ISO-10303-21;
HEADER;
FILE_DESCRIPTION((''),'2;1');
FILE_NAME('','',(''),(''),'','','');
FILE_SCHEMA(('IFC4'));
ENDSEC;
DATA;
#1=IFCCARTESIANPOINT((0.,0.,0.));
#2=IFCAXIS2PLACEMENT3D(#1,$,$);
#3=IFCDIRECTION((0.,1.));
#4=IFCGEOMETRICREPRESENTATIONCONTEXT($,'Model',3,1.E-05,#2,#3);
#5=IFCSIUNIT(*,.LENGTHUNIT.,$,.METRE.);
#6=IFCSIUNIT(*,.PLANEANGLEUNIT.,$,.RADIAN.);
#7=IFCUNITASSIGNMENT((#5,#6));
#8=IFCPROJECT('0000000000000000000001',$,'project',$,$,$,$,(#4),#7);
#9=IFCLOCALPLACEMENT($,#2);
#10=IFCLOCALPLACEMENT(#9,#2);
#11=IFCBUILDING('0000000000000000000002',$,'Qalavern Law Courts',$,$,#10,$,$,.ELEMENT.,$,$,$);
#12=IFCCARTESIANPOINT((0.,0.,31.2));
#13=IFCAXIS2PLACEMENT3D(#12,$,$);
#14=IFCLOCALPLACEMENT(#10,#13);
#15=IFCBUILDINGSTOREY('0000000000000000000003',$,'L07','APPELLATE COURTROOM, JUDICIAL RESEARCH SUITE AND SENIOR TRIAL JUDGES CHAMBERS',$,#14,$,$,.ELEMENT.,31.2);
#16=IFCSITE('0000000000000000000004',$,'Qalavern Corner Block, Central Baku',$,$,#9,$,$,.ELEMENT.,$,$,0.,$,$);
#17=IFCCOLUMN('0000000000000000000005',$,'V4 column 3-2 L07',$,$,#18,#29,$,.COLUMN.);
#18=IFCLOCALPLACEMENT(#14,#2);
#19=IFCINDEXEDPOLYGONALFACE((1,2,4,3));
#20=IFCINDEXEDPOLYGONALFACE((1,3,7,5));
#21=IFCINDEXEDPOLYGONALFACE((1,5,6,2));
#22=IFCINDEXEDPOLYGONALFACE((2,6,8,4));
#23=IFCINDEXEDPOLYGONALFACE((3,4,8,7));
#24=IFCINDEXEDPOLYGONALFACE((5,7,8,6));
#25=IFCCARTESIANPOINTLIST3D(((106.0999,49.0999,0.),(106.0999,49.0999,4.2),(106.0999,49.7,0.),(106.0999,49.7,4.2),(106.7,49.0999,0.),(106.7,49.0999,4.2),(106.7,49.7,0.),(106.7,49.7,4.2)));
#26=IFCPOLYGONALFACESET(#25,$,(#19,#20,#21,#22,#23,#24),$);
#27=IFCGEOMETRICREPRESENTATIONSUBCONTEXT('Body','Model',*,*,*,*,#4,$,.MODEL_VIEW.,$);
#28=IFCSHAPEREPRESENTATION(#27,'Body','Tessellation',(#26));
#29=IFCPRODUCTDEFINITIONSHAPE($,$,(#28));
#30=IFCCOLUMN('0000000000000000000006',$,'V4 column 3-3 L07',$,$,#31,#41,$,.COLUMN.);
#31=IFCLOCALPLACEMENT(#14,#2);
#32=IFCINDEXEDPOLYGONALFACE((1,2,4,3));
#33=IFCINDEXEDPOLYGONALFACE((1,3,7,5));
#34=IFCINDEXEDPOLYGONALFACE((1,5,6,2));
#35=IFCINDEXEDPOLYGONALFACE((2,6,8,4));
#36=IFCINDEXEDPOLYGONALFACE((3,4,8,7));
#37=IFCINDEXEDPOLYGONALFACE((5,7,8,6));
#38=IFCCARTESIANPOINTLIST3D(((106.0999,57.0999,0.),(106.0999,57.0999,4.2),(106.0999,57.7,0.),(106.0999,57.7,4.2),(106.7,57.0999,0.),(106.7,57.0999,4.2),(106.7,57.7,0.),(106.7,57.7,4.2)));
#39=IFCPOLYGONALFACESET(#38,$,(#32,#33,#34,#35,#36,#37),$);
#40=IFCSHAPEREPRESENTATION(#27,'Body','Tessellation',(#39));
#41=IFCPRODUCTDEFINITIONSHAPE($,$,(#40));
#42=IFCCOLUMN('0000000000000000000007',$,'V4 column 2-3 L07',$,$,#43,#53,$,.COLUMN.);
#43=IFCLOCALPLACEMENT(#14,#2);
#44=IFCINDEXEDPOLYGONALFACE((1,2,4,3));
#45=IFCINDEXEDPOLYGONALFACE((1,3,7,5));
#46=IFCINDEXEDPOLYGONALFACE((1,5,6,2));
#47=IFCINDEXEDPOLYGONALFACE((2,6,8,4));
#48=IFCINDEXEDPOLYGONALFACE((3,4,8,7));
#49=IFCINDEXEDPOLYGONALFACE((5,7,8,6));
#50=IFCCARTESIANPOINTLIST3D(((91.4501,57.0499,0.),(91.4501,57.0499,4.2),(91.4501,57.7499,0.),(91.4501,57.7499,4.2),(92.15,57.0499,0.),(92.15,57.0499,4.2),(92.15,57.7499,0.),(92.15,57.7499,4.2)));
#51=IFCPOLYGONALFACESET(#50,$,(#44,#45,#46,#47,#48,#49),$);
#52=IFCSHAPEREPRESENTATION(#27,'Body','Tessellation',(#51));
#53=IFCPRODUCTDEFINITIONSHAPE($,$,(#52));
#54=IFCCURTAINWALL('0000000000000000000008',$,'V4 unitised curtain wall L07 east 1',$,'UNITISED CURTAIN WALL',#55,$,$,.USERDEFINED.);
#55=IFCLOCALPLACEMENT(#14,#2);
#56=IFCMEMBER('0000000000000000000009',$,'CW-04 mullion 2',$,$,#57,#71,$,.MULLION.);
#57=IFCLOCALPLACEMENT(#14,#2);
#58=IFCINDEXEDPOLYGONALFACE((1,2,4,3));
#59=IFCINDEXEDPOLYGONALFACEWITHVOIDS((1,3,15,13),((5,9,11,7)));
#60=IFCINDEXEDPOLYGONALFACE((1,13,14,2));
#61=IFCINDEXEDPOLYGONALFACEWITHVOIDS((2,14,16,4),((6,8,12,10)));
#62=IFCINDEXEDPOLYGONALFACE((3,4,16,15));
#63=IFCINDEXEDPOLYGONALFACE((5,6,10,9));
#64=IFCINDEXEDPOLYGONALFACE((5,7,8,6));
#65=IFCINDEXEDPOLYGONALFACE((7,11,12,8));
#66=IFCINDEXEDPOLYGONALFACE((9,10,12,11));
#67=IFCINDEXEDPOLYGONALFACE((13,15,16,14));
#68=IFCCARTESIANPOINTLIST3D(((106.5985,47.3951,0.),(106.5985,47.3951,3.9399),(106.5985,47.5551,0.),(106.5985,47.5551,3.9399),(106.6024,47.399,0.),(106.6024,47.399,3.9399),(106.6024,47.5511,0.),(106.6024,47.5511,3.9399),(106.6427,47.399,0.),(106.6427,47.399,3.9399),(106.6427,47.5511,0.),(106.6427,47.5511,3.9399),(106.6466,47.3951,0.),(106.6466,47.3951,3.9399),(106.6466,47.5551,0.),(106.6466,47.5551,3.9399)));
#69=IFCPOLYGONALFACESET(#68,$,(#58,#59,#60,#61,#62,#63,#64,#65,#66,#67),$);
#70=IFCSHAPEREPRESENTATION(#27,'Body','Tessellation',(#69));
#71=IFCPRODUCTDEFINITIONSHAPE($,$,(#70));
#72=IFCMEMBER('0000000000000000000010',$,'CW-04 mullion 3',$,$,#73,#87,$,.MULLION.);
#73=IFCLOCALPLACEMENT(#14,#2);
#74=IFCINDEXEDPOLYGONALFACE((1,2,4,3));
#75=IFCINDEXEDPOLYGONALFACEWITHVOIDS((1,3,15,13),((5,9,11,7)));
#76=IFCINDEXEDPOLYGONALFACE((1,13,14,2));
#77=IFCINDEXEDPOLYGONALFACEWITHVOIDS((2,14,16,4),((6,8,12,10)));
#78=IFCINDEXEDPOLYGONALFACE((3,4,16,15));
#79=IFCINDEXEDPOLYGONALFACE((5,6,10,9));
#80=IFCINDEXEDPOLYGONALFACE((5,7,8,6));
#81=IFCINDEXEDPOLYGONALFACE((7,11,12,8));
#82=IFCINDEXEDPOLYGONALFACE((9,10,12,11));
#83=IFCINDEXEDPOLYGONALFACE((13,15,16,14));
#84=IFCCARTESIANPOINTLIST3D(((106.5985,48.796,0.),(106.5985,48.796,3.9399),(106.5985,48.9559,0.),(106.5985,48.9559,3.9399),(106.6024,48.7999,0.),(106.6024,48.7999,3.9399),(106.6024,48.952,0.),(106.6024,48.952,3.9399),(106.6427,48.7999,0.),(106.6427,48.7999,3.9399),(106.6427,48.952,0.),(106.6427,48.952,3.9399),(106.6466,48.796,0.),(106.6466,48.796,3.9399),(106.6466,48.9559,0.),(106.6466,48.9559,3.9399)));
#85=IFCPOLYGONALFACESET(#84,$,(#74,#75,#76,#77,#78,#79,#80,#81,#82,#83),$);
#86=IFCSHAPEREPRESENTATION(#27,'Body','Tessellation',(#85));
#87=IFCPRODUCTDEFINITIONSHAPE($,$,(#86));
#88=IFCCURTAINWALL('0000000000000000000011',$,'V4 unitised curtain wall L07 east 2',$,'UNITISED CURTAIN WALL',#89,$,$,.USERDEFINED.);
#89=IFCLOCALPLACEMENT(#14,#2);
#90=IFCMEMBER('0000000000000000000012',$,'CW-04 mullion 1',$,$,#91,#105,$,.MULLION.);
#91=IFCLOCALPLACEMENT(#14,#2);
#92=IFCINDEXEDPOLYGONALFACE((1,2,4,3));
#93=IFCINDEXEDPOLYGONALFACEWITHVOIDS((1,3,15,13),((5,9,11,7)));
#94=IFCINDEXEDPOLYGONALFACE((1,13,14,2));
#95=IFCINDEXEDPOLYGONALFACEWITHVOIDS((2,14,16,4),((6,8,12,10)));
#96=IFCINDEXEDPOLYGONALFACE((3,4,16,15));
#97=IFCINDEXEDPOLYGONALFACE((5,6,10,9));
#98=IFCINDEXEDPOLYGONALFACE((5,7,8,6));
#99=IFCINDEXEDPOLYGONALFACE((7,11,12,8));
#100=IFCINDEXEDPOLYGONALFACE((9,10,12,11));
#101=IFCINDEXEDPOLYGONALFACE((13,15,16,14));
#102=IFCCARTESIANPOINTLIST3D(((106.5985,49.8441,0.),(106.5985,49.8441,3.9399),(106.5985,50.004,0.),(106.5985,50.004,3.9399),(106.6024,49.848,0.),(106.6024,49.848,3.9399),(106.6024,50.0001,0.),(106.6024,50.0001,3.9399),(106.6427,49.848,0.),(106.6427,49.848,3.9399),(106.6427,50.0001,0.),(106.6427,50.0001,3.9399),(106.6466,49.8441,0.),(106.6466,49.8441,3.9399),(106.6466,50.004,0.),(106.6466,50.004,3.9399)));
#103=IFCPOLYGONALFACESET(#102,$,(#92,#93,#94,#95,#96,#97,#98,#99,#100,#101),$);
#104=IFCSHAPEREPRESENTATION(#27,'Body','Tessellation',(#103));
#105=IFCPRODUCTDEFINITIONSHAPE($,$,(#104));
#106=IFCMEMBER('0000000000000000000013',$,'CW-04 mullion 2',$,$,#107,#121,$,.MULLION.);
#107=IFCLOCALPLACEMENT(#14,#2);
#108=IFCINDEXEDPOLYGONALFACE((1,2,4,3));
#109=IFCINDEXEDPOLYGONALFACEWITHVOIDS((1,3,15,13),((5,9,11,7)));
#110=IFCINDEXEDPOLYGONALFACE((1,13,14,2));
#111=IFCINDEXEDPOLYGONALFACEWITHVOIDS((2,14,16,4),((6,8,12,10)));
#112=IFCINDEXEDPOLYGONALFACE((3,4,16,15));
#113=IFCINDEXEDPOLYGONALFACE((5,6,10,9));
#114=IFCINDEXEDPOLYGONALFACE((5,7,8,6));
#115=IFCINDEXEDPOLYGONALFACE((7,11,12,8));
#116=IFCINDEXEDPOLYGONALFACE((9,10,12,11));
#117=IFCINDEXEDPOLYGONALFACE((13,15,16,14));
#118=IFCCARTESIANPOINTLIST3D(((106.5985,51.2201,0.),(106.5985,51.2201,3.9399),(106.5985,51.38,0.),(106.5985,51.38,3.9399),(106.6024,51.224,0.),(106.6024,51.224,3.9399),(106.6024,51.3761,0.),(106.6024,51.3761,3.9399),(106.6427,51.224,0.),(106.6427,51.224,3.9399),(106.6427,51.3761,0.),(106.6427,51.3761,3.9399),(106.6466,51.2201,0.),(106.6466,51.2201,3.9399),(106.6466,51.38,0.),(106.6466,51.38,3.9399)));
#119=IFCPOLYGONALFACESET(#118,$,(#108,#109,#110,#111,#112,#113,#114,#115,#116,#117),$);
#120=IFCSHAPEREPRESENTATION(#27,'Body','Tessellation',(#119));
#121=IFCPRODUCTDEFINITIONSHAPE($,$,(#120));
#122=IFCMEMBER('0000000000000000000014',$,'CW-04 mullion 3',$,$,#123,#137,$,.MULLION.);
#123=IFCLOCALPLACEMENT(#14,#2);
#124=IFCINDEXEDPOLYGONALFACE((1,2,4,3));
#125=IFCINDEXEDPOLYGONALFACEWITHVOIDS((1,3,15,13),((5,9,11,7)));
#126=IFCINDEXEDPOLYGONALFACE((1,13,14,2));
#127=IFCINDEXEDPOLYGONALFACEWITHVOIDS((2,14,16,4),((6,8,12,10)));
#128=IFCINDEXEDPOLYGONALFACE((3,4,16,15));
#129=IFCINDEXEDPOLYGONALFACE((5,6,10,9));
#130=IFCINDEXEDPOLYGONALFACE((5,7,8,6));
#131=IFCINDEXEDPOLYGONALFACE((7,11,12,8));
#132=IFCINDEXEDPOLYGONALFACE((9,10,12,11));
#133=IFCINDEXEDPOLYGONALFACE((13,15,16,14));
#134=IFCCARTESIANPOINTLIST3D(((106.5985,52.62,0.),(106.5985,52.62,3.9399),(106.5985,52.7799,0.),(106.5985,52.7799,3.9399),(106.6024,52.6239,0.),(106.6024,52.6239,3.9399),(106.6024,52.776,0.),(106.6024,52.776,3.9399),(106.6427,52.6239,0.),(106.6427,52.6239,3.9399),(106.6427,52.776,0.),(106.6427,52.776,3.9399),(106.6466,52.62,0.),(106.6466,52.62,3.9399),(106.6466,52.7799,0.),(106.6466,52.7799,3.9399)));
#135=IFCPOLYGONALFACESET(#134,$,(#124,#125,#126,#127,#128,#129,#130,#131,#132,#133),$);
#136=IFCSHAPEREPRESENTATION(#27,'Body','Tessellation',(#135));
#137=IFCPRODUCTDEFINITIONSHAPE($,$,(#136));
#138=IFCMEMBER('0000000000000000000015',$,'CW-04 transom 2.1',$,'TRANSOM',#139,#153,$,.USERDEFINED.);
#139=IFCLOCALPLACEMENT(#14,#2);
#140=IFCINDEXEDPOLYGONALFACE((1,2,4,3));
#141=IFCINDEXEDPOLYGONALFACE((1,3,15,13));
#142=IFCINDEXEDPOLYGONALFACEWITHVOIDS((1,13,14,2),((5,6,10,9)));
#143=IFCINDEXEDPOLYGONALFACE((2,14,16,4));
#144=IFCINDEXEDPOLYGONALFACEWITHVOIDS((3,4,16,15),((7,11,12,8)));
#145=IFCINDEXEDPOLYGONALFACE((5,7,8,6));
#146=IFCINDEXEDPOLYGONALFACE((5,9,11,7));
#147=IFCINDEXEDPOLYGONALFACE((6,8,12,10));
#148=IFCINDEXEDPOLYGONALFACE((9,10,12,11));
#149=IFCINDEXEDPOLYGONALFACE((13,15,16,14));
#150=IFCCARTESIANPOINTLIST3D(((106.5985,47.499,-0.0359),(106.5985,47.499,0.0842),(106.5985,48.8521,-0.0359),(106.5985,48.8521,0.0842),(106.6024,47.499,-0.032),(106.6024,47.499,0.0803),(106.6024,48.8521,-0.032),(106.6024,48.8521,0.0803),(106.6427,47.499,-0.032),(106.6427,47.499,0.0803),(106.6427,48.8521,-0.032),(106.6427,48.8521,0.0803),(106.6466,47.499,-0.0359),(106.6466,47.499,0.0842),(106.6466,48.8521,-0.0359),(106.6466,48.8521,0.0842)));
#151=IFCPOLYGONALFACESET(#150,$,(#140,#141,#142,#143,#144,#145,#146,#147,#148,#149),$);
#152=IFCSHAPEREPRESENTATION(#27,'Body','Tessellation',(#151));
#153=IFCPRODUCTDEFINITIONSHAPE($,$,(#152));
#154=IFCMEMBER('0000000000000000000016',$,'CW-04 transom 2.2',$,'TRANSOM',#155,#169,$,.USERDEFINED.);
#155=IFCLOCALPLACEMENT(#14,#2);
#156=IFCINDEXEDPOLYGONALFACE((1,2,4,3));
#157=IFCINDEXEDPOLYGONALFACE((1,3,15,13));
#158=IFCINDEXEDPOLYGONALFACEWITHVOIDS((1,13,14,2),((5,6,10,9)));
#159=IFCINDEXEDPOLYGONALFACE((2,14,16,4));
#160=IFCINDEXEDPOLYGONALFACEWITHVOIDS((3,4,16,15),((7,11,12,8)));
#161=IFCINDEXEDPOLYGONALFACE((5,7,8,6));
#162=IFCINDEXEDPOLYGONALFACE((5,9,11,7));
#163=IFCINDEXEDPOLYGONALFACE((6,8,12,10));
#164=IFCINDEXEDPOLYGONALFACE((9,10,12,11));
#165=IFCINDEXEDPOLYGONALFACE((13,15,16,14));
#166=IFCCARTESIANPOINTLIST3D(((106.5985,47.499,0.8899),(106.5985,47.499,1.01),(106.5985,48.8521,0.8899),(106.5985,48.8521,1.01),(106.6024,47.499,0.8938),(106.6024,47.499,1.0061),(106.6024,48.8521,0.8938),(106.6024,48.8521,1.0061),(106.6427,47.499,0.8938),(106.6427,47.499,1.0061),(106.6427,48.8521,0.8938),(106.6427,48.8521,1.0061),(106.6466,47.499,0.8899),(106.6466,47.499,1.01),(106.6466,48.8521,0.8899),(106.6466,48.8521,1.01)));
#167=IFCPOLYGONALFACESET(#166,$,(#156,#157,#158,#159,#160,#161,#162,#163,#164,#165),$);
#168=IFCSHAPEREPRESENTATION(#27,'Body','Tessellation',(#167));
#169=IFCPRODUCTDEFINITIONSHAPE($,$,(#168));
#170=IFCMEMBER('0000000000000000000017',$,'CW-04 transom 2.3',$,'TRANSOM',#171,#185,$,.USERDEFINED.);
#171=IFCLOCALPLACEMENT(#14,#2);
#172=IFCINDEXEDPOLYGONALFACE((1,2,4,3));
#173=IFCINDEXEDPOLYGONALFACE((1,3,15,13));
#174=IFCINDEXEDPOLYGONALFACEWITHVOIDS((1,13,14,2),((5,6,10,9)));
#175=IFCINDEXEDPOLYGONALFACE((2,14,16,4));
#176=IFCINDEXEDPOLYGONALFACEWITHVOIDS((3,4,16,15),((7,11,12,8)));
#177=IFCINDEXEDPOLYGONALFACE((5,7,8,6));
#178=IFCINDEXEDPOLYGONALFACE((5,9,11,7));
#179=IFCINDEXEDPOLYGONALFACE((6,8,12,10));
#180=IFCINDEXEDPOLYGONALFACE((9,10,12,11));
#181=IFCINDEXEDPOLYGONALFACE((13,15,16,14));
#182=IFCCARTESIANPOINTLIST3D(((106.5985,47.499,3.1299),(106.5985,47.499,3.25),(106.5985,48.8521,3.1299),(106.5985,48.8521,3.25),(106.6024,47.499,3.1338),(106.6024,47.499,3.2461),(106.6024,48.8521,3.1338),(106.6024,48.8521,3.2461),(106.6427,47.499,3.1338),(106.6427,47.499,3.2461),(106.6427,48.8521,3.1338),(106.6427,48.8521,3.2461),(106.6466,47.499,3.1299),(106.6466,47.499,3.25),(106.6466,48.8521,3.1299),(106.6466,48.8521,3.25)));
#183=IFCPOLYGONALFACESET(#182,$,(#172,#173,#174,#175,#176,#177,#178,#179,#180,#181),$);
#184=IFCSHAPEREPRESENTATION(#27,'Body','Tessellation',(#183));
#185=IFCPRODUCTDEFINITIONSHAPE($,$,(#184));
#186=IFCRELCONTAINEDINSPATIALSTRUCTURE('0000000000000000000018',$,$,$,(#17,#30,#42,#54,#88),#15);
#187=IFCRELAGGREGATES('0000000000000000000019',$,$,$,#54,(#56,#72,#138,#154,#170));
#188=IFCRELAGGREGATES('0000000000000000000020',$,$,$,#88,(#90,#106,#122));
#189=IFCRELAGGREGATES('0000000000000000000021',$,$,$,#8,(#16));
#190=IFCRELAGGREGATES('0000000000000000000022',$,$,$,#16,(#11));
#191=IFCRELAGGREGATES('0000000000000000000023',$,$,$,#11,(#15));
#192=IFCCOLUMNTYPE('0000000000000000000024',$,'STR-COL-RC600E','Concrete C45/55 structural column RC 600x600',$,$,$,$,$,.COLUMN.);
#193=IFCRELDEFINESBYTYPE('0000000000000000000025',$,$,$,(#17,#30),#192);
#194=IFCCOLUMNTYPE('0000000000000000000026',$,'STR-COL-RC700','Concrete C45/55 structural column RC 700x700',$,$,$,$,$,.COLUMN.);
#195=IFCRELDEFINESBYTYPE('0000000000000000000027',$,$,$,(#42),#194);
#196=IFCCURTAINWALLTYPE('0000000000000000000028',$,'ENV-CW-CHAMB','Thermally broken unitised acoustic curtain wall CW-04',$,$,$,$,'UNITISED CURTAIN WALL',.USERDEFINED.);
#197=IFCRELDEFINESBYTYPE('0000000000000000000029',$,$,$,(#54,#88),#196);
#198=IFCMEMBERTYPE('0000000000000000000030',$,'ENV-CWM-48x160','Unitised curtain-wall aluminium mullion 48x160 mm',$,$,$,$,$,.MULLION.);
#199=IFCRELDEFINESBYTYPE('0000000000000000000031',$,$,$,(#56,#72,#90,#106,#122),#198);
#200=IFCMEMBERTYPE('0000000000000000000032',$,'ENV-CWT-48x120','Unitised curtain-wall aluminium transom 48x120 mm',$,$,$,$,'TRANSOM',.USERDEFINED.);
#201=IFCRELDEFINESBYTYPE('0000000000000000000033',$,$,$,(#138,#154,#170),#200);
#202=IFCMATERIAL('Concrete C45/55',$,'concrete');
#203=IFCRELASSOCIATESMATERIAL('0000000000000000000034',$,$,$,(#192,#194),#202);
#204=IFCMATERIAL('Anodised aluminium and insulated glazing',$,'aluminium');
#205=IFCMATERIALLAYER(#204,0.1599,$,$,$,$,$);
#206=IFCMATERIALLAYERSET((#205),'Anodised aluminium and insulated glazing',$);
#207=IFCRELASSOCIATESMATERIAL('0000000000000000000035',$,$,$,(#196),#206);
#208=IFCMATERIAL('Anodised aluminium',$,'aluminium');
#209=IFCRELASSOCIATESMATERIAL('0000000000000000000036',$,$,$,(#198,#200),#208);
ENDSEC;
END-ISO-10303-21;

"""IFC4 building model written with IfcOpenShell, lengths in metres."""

from ifc_helpers import new_model, si_unit, direction, frame, origin, origin_2d, place, context, subcontext, project, spatial, rectangle, hollow_rectangle, extrude, material, layer, layer_set, material_profile, profile_set, type_object, element, aggregate, save


model = new_model("IFC4")

# Units and contexts
model_context = context("Model", 3, precision=1e-05, world=origin(), true_north=direction((0.0, 1.0)))
body_context = subcontext(model_context, "Body", "Model", "MODEL_VIEW")
ifc_project = project(units=[si_unit("LENGTHUNIT", "METRE"), si_unit("PLANEANGLEUNIT", "RADIAN")], contexts=[model_context])

# Site, building, storey
site_placement = place(None, origin())
site = spatial("IfcSite", under=ifc_project, at=site_placement, Name="Qalavern Corner Block, Central Baku", CompositionType="ELEMENT", RefElevation=0.0)
building_placement = place(site_placement, origin())
building = spatial("IfcBuilding", under=site, at=building_placement, Name="Qalavern Law Courts", CompositionType="ELEMENT")
storey_placement = place(building_placement, frame((0.0, 0.0, 31.2)))
storey = spatial("IfcBuildingStorey", under=building, at=storey_placement, Name="L07", Description="APPELLATE COURTROOM, JUDICIAL RESEARCH SUITE AND SENIOR TRIAL JUDGES CHAMBERS", CompositionType="ELEMENT", Elevation=31.2)

# Columns
ifc_material_1 = material(Name="Concrete C45/55", Category="concrete")
ifc_material_profile_1 = material_profile(ifc_material_1, rectangle(XDim=0.6001, YDim=0.6001, at=origin_2d()), Name="RC 600x600")
ifc_profile_set_1 = profile_set([ifc_material_profile_1], Name="Concrete C45/55")
column_type_1 = type_object("IfcColumnType", Name="STR-COL-RC600E", Description="Concrete C45/55 structural column RC 600x600", PredefinedType="COLUMN", material=ifc_profile_set_1)
for number, where, z_axis, x_axis, name in (
    (1, (106.3999, 49.3999, 0.0), (0.0, 0.0, 1.0), (1.0, 0.0, 0.0), "V4 column 3-2 L07"),
    (2, (106.3999, 57.3999, 0.0), (0.0, 0.0, 1.0), (1.0, 0.0, 0.0), "V4 column 3-3 L07"),
):
    element("IfcColumn", number, at=place(storey_placement, frame(where, z_axis=z_axis, x_axis=x_axis)), inside=storey, type_object=column_type_1, Name=name, PredefinedType="COLUMN", context=body_context, shape_type="SweptSolid", body=[
        extrude(rectangle(XDim=0.6001, YDim=0.6001, at=origin_2d()), origin(), (0.0, 0.0, 1.0), 4.2),
    ])
ifc_material_profile_2 = material_profile(ifc_material_1, rectangle(XDim=0.7, YDim=0.7, at=origin_2d()), Name="RC 700x700")
ifc_profile_set_2 = profile_set([ifc_material_profile_2], Name="Concrete C45/55")
column_type_2 = type_object("IfcColumnType", Name="STR-COL-RC700", Description="Concrete C45/55 structural column RC 700x700", PredefinedType="COLUMN", material=ifc_profile_set_2)
column_placement = place(storey_placement, frame((91.8, 57.3999, 0.0), z_axis=(0.0, 0.0, 1.0), x_axis=(1.0, 0.0, 0.0)))
element("IfcColumn", 3, at=column_placement, inside=storey, type_object=column_type_2, Name="V4 column 2-3 L07", PredefinedType="COLUMN", context=body_context, shape_type="SweptSolid", body=[
    extrude(rectangle(XDim=0.7, YDim=0.7, at=origin_2d()), origin(), (0.0, 0.0, 1.0), 4.2),
])

# Curtain walls, members
ifc_material_2 = material(Name="Anodised aluminium and insulated glazing", Category="aluminium")
ifc_layer_1 = layer(ifc_material_2, 0.1599)
ifc_layer_set_1 = layer_set([ifc_layer_1], Name="Anodised aluminium and insulated glazing")
curtain_wall_type = type_object("IfcCurtainWallType", Name="ENV-CW-CHAMB", Description="Thermally broken unitised acoustic curtain wall CW-04", ElementType="UNITISED CURTAIN WALL", PredefinedType="USERDEFINED", material=ifc_layer_set_1)
curtain_wall_1_placement = place(storey_placement, origin())
curtain_wall_1 = element("IfcCurtainWall", 4, at=curtain_wall_1_placement, inside=storey, type_object=curtain_wall_type, Name="V4 unitised curtain wall L07 east 1", ObjectType="UNITISED CURTAIN WALL", PredefinedType="USERDEFINED")
ifc_material_3 = material(Name="Anodised aluminium", Category="aluminium")
ifc_material_profile_3 = material_profile(ifc_material_3, hollow_rectangle(XDim=0.0481, YDim=0.1599, WallThickness=0.0039, at=origin_2d()), Name="ALU MULLION 48x160")
ifc_profile_set_3 = profile_set([ifc_material_profile_3], Name="Anodised aluminium")
member_type_1 = type_object("IfcMemberType", Name="ENV-CWM-48x160", Description="Unitised curtain-wall aluminium mullion 48x160 mm", PredefinedType="MULLION", material=ifc_profile_set_3)
member_1_placement = place(storey_placement, frame((106.6226, 47.4751, 0.0), z_axis=(0.0, 0.0, 1.0), x_axis=(-1.0, 0.0, 0.0)))
member_1 = element("IfcMember", 5, at=member_1_placement, type_object=member_type_1, Name="CW-04 mullion 2", PredefinedType="MULLION", context=body_context, shape_type="SweptSolid", body=[
    extrude(hollow_rectangle(XDim=0.0481, YDim=0.1599, WallThickness=0.0039, at=origin_2d()), origin(), (0.0, 0.0, 1.0), 3.9399),
])
member_2_placement = place(storey_placement, frame((106.6226, 48.876, 0.0), z_axis=(0.0, 0.0, 1.0), x_axis=(-1.0, 0.0, 0.0)))
member_2 = element("IfcMember", 6, at=member_2_placement, type_object=member_type_1, Name="CW-04 mullion 3", PredefinedType="MULLION", context=body_context, shape_type="SweptSolid", body=[
    extrude(hollow_rectangle(XDim=0.0481, YDim=0.1599, WallThickness=0.0039, at=origin_2d()), origin(), (0.0, 0.0, 1.0), 3.9399),
])
curtain_wall_2_placement = place(storey_placement, origin())
curtain_wall_2 = element("IfcCurtainWall", 7, at=curtain_wall_2_placement, inside=storey, type_object=curtain_wall_type, Name="V4 unitised curtain wall L07 east 2", ObjectType="UNITISED CURTAIN WALL", PredefinedType="USERDEFINED")
member_3_placement = place(storey_placement, frame((106.6226, 49.9241, 0.0), z_axis=(0.0, 0.0, 1.0), x_axis=(-1.0, 0.0, 0.0)))
member_3 = element("IfcMember", 8, at=member_3_placement, type_object=member_type_1, Name="CW-04 mullion 1", PredefinedType="MULLION", context=body_context, shape_type="SweptSolid", body=[
    extrude(hollow_rectangle(XDim=0.0481, YDim=0.1599, WallThickness=0.0039, at=origin_2d()), origin(), (0.0, 0.0, 1.0), 3.9399),
])
member_4_placement = place(storey_placement, frame((106.6226, 51.3, 0.0), z_axis=(0.0, 0.0, 1.0), x_axis=(-1.0, 0.0, 0.0)))
member_4 = element("IfcMember", 9, at=member_4_placement, type_object=member_type_1, Name="CW-04 mullion 2", PredefinedType="MULLION", context=body_context, shape_type="SweptSolid", body=[
    extrude(hollow_rectangle(XDim=0.0481, YDim=0.1599, WallThickness=0.0039, at=origin_2d()), origin(), (0.0, 0.0, 1.0), 3.9399),
])
member_5_placement = place(storey_placement, frame((106.6226, 52.7, 0.0), z_axis=(0.0, 0.0, 1.0), x_axis=(-1.0, 0.0, 0.0)))
member_5 = element("IfcMember", 10, at=member_5_placement, type_object=member_type_1, Name="CW-04 mullion 3", PredefinedType="MULLION", context=body_context, shape_type="SweptSolid", body=[
    extrude(hollow_rectangle(XDim=0.0481, YDim=0.1599, WallThickness=0.0039, at=origin_2d()), origin(), (0.0, 0.0, 1.0), 3.9399),
])

# Members
ifc_material_profile_4 = material_profile(ifc_material_3, hollow_rectangle(XDim=0.0481, YDim=0.1201, WallThickness=0.0039, at=origin_2d()), Name="ALU TRANSOM 48x120")
ifc_profile_set_4 = profile_set([ifc_material_profile_4], Name="Anodised aluminium")
member_type_2 = type_object("IfcMemberType", Name="ENV-CWT-48x120", Description="Unitised curtain-wall aluminium transom 48x120 mm", ElementType="TRANSOM", PredefinedType="USERDEFINED", material=ifc_profile_set_4)
member_6_placement = place(storey_placement, frame((106.6226, 47.499, 0.0242), z_axis=(0.0, 1.0, 0.0), x_axis=(-1.0, 0.0, 0.0)))
member_6 = element("IfcMember", 11, at=member_6_placement, type_object=member_type_2, Name="CW-04 transom 2.1", ObjectType="TRANSOM", PredefinedType="USERDEFINED", context=body_context, shape_type="SweptSolid", body=[
    extrude(hollow_rectangle(XDim=0.0481, YDim=0.1201, WallThickness=0.0039, at=origin_2d()), origin(), (0.0, 0.0, 1.0), 1.353),
])
member_7_placement = place(storey_placement, frame((106.6226, 47.499, 0.95), z_axis=(0.0, 1.0, 0.0), x_axis=(-1.0, 0.0, 0.0)))
member_7 = element("IfcMember", 12, at=member_7_placement, type_object=member_type_2, Name="CW-04 transom 2.2", ObjectType="TRANSOM", PredefinedType="USERDEFINED", context=body_context, shape_type="SweptSolid", body=[
    extrude(hollow_rectangle(XDim=0.0481, YDim=0.1201, WallThickness=0.0039, at=origin_2d()), origin(), (0.0, 0.0, 1.0), 1.353),
])
member_8_placement = place(storey_placement, frame((106.6226, 47.499, 3.1899), z_axis=(0.0, 1.0, 0.0), x_axis=(-1.0, 0.0, 0.0)))
member_8 = element("IfcMember", 13, at=member_8_placement, type_object=member_type_2, Name="CW-04 transom 2.3", ObjectType="TRANSOM", PredefinedType="USERDEFINED", context=body_context, shape_type="SweptSolid", body=[
    extrude(hollow_rectangle(XDim=0.0481, YDim=0.1201, WallThickness=0.0039, at=origin_2d()), origin(), (0.0, 0.0, 1.0), 1.353),
])

aggregate(curtain_wall_1, [member_1, member_2, member_6, member_7, member_8])
aggregate(curtain_wall_2, [member_3, member_4, member_5])

save(model, "model.ifc")
